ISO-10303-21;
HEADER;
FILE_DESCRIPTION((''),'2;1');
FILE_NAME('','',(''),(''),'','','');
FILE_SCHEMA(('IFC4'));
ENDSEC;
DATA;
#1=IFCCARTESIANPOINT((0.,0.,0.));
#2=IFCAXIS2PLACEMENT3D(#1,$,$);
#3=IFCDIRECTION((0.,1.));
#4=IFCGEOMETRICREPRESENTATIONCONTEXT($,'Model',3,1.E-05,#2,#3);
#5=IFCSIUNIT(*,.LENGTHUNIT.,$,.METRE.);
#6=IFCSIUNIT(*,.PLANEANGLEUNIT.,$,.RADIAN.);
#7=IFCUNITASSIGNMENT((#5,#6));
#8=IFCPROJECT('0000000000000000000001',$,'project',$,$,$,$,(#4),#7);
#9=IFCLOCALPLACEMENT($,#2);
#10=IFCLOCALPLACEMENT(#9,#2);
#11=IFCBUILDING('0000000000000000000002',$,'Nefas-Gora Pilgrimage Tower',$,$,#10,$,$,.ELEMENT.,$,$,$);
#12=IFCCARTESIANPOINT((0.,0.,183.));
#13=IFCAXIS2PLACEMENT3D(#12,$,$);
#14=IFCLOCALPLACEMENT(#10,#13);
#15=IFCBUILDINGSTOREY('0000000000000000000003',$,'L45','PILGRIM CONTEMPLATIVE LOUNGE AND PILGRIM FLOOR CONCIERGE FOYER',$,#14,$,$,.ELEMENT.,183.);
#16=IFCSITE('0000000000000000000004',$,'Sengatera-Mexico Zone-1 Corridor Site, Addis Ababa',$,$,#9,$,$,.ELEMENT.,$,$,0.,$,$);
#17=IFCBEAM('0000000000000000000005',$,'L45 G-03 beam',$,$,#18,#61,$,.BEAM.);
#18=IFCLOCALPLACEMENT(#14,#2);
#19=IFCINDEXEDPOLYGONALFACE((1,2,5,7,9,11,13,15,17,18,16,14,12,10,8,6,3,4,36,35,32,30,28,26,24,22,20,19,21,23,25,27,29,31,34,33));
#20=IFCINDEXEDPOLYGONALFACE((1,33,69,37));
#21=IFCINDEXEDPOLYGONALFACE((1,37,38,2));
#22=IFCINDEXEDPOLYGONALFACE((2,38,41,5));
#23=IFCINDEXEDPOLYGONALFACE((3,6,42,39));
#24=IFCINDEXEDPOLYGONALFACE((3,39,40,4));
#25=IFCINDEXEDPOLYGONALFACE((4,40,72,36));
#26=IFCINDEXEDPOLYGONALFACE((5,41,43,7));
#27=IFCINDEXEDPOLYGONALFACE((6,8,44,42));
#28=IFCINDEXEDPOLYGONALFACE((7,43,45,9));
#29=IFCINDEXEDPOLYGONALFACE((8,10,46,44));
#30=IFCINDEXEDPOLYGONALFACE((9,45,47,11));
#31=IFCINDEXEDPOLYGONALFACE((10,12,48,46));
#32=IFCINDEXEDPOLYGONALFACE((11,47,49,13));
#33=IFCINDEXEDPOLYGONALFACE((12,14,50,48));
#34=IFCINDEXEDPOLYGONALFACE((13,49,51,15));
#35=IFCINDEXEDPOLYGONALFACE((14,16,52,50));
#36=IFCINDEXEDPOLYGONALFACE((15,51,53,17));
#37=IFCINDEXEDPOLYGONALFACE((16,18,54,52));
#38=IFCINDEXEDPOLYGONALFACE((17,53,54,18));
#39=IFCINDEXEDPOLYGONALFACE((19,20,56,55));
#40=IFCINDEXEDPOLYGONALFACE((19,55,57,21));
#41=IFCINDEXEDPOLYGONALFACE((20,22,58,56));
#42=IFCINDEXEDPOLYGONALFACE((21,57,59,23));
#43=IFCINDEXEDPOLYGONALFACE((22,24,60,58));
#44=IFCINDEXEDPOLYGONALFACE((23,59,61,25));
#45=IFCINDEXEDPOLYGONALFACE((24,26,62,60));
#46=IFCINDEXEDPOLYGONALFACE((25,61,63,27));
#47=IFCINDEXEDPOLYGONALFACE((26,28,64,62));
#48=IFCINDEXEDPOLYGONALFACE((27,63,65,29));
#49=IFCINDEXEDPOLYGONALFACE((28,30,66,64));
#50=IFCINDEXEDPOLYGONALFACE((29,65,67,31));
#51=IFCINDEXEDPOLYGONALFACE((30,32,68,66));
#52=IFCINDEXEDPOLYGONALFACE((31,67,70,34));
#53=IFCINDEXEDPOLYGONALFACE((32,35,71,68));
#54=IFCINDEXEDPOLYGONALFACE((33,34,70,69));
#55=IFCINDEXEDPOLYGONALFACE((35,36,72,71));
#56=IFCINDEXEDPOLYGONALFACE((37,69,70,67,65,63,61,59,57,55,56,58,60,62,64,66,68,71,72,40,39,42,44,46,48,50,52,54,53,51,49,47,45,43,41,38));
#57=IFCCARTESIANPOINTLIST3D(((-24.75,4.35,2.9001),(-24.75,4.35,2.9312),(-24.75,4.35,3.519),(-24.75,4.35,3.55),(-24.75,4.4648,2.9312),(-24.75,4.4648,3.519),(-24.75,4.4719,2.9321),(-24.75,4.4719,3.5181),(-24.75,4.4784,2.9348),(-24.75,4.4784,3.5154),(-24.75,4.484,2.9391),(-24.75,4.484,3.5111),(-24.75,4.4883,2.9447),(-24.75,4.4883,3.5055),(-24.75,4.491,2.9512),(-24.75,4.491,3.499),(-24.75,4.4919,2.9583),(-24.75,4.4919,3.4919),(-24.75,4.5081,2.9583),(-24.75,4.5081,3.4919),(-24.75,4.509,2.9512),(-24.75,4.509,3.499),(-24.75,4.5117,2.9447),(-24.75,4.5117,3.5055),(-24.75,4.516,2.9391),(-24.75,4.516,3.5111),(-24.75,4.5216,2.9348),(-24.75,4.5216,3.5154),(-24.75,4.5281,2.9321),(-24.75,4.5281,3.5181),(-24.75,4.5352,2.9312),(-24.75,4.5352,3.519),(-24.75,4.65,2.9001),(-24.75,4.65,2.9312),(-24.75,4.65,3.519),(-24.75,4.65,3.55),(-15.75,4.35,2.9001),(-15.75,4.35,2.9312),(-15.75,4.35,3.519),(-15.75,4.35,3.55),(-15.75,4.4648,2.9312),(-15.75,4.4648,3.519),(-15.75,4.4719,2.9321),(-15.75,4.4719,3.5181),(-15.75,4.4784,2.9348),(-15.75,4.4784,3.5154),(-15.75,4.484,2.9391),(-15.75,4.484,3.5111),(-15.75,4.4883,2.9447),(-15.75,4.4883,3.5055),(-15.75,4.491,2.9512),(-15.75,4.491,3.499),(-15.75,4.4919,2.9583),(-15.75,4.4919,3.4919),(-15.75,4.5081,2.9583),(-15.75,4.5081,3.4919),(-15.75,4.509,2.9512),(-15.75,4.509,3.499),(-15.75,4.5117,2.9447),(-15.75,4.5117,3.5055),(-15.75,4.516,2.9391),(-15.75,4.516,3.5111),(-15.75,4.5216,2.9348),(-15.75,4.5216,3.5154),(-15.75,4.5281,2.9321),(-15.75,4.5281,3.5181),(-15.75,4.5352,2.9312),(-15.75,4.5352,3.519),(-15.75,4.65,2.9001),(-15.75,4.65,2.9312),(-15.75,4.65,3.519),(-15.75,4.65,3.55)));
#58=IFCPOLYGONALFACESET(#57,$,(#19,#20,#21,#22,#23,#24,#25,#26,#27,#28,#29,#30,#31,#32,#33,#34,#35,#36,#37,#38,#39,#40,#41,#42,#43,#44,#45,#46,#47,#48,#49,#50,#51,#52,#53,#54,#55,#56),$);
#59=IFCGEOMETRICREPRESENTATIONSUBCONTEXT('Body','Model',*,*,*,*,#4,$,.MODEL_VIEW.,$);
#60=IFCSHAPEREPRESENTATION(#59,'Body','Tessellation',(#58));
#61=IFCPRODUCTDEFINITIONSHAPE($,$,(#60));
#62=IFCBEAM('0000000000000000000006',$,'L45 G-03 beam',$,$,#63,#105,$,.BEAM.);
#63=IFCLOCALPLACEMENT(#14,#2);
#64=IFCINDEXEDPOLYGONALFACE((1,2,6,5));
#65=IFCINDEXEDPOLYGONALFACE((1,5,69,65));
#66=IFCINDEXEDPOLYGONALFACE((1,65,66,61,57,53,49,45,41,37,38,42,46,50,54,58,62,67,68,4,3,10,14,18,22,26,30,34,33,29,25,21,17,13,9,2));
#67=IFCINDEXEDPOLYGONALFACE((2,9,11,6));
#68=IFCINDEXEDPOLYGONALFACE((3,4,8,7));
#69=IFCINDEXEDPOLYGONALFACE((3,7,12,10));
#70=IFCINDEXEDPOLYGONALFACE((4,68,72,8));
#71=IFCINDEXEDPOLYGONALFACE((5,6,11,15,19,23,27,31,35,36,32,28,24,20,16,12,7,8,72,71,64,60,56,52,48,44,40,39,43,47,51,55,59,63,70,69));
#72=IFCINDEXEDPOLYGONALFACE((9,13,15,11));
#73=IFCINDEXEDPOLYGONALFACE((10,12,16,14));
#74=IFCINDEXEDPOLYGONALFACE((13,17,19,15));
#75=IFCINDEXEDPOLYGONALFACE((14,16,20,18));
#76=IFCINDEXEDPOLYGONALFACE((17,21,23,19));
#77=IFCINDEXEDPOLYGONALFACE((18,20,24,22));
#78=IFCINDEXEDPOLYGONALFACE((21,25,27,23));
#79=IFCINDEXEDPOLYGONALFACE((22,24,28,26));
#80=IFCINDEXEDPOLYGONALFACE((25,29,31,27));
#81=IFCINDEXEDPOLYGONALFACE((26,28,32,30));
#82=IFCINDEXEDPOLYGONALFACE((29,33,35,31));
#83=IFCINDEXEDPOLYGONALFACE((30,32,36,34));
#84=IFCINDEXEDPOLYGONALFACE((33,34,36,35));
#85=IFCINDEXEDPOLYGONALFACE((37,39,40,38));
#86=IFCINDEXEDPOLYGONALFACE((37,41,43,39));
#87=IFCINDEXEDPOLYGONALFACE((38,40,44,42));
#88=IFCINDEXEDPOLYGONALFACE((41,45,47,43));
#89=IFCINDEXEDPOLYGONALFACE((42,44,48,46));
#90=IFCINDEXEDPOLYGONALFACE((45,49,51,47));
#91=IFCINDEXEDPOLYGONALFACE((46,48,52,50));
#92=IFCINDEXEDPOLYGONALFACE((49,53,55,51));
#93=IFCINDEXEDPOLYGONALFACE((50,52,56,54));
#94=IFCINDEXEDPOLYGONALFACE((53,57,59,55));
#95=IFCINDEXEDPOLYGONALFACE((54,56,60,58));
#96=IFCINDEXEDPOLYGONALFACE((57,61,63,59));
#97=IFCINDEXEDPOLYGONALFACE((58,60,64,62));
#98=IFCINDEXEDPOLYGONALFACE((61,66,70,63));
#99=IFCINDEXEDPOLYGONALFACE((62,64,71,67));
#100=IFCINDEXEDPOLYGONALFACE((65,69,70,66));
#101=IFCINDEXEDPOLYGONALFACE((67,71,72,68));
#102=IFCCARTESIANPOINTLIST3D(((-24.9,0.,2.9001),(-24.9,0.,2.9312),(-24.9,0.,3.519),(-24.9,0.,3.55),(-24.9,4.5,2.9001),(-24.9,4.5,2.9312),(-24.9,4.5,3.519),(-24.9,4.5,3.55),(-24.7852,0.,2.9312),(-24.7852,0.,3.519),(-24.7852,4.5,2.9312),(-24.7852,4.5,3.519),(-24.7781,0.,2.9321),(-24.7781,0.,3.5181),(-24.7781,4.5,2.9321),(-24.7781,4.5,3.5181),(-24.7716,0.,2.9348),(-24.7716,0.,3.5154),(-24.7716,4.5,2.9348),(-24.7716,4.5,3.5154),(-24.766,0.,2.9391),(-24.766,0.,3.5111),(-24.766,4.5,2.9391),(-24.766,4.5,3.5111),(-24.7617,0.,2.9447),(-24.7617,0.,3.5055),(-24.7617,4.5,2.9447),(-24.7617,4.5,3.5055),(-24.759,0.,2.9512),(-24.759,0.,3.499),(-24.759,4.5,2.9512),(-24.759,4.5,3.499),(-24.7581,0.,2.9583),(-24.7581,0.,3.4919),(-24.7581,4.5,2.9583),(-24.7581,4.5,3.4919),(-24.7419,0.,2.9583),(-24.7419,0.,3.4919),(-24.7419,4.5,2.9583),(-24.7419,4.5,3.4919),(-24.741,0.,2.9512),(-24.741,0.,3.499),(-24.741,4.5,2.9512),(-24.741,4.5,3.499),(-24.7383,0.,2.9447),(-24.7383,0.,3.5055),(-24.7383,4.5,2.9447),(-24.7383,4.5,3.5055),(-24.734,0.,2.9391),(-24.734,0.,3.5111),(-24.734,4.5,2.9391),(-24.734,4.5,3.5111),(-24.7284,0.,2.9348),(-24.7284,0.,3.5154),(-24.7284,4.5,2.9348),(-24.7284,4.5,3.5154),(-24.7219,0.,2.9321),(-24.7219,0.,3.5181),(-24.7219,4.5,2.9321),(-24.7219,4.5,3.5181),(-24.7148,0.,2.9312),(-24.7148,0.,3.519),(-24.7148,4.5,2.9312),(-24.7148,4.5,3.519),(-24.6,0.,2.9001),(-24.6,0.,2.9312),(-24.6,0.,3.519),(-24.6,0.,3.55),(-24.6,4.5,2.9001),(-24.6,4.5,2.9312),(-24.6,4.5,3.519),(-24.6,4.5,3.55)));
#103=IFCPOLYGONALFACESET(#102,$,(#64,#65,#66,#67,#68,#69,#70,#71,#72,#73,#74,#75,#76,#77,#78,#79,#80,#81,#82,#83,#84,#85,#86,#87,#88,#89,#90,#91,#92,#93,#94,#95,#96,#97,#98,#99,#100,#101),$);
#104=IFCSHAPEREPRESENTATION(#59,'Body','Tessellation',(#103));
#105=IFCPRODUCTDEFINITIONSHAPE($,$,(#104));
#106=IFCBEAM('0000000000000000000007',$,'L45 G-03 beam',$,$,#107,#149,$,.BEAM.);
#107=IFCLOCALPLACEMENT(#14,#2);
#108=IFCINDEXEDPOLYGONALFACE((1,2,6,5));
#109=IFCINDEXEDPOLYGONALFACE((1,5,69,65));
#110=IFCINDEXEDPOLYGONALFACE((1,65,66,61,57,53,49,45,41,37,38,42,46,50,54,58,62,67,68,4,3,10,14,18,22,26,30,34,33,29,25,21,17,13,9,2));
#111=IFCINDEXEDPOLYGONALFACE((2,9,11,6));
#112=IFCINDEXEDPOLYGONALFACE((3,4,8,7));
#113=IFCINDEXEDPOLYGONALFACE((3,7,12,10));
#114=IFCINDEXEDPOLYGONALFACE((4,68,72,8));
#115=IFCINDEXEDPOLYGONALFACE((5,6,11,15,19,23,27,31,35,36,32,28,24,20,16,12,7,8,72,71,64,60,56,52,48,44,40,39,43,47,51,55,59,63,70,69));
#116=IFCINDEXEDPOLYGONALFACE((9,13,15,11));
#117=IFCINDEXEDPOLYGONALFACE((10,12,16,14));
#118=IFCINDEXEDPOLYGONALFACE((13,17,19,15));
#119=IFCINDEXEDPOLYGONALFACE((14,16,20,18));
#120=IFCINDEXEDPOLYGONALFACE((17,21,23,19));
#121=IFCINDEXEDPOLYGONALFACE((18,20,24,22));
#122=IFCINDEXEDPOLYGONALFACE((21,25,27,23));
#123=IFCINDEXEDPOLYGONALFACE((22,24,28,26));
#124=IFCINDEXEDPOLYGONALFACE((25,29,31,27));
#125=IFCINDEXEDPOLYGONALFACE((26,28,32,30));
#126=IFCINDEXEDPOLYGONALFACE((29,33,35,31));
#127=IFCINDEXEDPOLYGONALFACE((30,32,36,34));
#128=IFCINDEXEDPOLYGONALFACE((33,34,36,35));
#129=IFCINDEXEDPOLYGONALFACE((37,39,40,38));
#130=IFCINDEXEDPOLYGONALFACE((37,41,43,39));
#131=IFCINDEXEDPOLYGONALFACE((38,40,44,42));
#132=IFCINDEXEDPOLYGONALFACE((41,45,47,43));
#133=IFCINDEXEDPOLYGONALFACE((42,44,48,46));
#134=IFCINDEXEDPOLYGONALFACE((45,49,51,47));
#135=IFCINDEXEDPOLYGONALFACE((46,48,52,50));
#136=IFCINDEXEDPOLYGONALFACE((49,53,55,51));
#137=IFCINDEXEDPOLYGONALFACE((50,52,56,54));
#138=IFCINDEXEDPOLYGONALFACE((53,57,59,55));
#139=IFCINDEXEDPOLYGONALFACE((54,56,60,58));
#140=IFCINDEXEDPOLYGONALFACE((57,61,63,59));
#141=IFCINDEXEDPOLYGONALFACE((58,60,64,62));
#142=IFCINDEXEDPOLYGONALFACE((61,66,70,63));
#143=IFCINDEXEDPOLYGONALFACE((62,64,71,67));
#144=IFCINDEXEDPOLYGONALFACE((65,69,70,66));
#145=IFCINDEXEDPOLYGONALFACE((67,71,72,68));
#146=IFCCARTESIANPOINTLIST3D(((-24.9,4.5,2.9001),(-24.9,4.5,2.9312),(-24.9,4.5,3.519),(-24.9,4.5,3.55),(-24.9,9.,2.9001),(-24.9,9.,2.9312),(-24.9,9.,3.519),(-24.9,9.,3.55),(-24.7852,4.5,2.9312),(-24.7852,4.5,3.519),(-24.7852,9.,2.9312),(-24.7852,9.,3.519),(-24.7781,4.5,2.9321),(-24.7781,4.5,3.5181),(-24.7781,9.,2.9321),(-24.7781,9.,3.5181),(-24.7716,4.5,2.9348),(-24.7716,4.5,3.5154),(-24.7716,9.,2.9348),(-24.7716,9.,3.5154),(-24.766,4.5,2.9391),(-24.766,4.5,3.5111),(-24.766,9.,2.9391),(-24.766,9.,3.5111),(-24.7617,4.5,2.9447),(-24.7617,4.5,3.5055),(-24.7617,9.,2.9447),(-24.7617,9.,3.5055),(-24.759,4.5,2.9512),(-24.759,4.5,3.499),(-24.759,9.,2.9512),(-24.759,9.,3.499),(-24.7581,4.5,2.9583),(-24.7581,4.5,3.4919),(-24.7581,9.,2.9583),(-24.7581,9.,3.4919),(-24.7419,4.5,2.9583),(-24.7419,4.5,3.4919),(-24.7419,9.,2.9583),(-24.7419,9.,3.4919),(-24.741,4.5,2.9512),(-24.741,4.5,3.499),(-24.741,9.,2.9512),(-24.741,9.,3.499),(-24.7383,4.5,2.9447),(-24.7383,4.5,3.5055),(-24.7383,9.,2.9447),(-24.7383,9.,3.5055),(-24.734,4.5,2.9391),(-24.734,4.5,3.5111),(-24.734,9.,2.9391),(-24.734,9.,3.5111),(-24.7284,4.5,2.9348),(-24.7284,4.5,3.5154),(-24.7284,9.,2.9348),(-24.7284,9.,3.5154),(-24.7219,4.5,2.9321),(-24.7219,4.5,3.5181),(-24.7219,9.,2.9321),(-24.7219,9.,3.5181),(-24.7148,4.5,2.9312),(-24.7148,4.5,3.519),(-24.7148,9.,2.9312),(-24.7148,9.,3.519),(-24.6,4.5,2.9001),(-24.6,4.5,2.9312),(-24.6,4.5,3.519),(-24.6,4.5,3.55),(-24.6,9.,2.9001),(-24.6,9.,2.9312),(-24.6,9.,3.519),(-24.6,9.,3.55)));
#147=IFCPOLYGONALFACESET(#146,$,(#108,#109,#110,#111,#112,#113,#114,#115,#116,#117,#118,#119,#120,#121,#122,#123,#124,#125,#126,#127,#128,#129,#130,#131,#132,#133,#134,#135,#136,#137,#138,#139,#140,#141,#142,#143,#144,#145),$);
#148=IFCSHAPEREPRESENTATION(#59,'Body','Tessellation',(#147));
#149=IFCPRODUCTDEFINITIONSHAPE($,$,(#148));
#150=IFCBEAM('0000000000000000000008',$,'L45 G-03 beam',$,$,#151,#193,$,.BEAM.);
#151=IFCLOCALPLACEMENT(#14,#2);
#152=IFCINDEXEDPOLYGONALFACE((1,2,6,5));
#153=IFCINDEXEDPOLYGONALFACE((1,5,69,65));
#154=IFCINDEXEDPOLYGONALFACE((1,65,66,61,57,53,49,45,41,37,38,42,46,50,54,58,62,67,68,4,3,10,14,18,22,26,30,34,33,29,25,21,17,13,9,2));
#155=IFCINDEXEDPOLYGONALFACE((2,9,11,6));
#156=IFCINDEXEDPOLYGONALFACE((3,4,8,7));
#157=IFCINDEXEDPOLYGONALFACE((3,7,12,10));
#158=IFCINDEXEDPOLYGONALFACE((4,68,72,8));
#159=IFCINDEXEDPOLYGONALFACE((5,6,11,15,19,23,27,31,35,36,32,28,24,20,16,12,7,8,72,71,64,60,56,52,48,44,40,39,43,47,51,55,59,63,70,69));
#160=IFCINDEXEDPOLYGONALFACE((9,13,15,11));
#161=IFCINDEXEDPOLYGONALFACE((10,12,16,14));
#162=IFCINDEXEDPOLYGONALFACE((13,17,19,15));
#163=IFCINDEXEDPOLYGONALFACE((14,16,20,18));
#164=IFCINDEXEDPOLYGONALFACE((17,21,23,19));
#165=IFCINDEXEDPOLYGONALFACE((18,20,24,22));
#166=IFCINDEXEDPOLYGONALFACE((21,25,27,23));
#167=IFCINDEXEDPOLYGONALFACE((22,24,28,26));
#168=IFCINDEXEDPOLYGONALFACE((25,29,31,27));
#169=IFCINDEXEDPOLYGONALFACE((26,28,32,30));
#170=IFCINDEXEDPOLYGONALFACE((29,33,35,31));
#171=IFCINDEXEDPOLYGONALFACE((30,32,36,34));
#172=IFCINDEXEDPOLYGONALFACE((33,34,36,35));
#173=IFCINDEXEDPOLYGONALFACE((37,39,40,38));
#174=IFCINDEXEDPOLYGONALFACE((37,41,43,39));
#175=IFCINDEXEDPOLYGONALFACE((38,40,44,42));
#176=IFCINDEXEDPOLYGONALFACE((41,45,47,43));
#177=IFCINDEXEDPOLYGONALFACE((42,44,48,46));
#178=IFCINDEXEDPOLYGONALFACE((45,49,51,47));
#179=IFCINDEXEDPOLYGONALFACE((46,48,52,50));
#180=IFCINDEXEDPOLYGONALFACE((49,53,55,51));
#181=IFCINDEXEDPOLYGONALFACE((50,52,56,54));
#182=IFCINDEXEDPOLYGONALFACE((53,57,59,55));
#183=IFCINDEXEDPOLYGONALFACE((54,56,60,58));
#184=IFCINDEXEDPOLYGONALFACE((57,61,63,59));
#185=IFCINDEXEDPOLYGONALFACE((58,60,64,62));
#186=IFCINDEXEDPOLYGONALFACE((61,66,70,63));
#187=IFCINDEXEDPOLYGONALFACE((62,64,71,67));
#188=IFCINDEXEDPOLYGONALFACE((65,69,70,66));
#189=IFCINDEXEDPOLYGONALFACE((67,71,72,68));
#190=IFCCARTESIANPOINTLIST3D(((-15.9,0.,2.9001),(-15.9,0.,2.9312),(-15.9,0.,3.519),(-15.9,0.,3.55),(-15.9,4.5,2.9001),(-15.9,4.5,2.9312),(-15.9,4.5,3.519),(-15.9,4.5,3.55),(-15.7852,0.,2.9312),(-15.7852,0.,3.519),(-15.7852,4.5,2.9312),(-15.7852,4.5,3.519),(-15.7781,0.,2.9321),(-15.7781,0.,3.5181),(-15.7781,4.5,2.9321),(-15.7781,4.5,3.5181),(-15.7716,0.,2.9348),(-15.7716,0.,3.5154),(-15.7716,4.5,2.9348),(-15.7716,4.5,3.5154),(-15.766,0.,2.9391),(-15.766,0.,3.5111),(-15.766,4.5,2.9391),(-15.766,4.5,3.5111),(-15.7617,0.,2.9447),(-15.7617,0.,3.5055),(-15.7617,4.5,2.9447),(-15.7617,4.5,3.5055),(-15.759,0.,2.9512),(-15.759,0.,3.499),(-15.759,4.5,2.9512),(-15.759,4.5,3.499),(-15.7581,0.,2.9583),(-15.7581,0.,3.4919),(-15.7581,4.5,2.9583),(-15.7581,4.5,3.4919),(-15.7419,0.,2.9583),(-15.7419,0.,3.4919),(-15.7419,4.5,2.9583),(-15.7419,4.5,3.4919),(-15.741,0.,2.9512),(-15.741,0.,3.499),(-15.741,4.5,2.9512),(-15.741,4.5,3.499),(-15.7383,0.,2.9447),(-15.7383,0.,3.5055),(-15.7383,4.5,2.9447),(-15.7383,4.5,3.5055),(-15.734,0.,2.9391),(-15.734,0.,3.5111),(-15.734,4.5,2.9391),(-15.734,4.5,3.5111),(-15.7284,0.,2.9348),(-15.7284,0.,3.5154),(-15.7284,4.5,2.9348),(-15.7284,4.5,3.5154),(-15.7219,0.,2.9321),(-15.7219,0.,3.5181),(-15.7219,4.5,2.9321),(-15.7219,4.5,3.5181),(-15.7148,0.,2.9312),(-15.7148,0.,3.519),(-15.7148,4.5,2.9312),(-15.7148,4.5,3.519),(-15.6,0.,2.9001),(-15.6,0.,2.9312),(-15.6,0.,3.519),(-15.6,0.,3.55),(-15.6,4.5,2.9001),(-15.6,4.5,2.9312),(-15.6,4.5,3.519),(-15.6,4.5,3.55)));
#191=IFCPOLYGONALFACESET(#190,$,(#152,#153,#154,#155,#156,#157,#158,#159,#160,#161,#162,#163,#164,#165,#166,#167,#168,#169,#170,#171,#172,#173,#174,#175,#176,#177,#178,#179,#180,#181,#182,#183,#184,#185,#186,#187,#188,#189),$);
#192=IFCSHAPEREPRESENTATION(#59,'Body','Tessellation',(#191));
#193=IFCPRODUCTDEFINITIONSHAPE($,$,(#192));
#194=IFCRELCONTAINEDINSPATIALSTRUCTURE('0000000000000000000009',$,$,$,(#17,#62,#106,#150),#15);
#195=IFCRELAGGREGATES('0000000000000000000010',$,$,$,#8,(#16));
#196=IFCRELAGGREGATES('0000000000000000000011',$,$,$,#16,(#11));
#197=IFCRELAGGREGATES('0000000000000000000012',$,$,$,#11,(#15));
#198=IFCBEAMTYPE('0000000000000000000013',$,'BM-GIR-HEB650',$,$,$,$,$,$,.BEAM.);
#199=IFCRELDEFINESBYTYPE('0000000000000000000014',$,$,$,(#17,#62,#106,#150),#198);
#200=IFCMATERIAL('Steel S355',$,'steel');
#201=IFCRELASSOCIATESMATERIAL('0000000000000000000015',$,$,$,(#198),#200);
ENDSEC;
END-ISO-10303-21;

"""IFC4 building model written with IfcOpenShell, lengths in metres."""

from ifc_helpers import new_model, si_unit, direction, frame, origin, origin_2d, place, context, subcontext, project, spatial, i_section, extrude, source, transform, mapped, material, material_profile, profile_set, type_object, element, save


model = new_model("IFC4")

# Units and contexts
model_context = context("Model", 3, precision=1e-05, world=origin(), true_north=direction((0.0, 1.0)))
body_context = subcontext(model_context, "Body", "Model", "MODEL_VIEW")
ifc_project = project(units=[si_unit("LENGTHUNIT", "METRE"), si_unit("PLANEANGLEUNIT", "RADIAN")], contexts=[model_context])

# Site, building, storey
site_placement = place(None, origin())
site = spatial("IfcSite", under=ifc_project, at=site_placement, Name="Sengatera-Mexico Zone-1 Corridor Site, Addis Ababa", CompositionType="ELEMENT", RefElevation=0.0)
building_placement = place(site_placement, origin())
building = spatial("IfcBuilding", under=site, at=building_placement, Name="Nefas-Gora Pilgrimage Tower", CompositionType="ELEMENT")
storey_placement = place(building_placement, frame((0.0, 0.0, 183.0)))
storey = spatial("IfcBuildingStorey", under=building, at=storey_placement, Name="L45", Description="PILGRIM CONTEMPLATIVE LOUNGE AND PILGRIM FLOOR CONCIERGE FOYER", CompositionType="ELEMENT", Elevation=183.0)

# Beams
ifc_material_1 = material(Name="Steel S355", Category="steel")
ifc_material_profile_1 = material_profile(ifc_material_1, i_section(OverallWidth=0.3, OverallDepth=0.6499, WebThickness=0.0161, FlangeThickness=0.031, FilletRadius=0.0271, at=origin_2d()), Name="HEB 650")
ifc_profile_set_1 = profile_set([ifc_material_profile_1], Name="Steel S355")
beam_type_1 = type_object("IfcBeamType", Name="BM-GIR-HEB650", PredefinedType="BEAM", material=ifc_profile_set_1)
shared_shape_1 = source(origin(), body_context, "Body", "SweptSolid", [
    extrude(i_section(OverallWidth=0.3, OverallDepth=0.6499, WebThickness=0.0161, FlangeThickness=0.031, FilletRadius=0.0271, at=origin_2d()), origin(), (0.0, 0.0, 1.0), 9.0),
])
for number, where, z_axis, x_axis, name in (
    (1, (-24.75, 4.5, 3.2251), (1.0, 0.0, 0.0), (0.0, 1.0, 0.0), "L45 G-03 beam"),
):
    element("IfcBeam", number, at=place(storey_placement, frame(where, z_axis=z_axis, x_axis=x_axis)), inside=storey, type_object=beam_type_1, Name=name, PredefinedType="BEAM", context=body_context, shape_type="MappedRepresentation", body=[
        mapped(shared_shape_1, transform((0.0, 0.0, 0.0), x_axis=(1.0, 0.0, 0.0), y_axis=(0.0, 1.0, 0.0), z_axis=(0.0, 0.0, 1.0), scale=1.0)),
    ])
shared_shape_2 = source(origin(), body_context, "Body", "SweptSolid", [
    extrude(i_section(OverallWidth=0.3, OverallDepth=0.6499, WebThickness=0.0161, FlangeThickness=0.031, FilletRadius=0.0271, at=origin_2d()), origin(), (0.0, 0.0, 1.0), 4.5),
])
for number, where, z_axis, x_axis, name in (
    (2, (-24.75, 0.0, 3.2251), (0.0, 1.0, 0.0), (-1.0, 0.0, 0.0), "L45 G-03 beam"),
    (3, (-24.75, 4.5, 3.2251), (0.0, 1.0, 0.0), (-1.0, 0.0, 0.0), "L45 G-03 beam"),
    (4, (-15.75, 0.0, 3.2251), (0.0, 1.0, 0.0), (-1.0, 0.0, 0.0), "L45 G-03 beam"),
):
    element("IfcBeam", number, at=place(storey_placement, frame(where, z_axis=z_axis, x_axis=x_axis)), inside=storey, type_object=beam_type_1, Name=name, PredefinedType="BEAM", context=body_context, shape_type="MappedRepresentation", body=[
        mapped(shared_shape_2, transform((0.0, 0.0, 0.0), x_axis=(1.0, 0.0, 0.0), y_axis=(0.0, 1.0, 0.0), z_axis=(0.0, 0.0, 1.0), scale=1.0)),
    ])

save(model, "model.ifc")
